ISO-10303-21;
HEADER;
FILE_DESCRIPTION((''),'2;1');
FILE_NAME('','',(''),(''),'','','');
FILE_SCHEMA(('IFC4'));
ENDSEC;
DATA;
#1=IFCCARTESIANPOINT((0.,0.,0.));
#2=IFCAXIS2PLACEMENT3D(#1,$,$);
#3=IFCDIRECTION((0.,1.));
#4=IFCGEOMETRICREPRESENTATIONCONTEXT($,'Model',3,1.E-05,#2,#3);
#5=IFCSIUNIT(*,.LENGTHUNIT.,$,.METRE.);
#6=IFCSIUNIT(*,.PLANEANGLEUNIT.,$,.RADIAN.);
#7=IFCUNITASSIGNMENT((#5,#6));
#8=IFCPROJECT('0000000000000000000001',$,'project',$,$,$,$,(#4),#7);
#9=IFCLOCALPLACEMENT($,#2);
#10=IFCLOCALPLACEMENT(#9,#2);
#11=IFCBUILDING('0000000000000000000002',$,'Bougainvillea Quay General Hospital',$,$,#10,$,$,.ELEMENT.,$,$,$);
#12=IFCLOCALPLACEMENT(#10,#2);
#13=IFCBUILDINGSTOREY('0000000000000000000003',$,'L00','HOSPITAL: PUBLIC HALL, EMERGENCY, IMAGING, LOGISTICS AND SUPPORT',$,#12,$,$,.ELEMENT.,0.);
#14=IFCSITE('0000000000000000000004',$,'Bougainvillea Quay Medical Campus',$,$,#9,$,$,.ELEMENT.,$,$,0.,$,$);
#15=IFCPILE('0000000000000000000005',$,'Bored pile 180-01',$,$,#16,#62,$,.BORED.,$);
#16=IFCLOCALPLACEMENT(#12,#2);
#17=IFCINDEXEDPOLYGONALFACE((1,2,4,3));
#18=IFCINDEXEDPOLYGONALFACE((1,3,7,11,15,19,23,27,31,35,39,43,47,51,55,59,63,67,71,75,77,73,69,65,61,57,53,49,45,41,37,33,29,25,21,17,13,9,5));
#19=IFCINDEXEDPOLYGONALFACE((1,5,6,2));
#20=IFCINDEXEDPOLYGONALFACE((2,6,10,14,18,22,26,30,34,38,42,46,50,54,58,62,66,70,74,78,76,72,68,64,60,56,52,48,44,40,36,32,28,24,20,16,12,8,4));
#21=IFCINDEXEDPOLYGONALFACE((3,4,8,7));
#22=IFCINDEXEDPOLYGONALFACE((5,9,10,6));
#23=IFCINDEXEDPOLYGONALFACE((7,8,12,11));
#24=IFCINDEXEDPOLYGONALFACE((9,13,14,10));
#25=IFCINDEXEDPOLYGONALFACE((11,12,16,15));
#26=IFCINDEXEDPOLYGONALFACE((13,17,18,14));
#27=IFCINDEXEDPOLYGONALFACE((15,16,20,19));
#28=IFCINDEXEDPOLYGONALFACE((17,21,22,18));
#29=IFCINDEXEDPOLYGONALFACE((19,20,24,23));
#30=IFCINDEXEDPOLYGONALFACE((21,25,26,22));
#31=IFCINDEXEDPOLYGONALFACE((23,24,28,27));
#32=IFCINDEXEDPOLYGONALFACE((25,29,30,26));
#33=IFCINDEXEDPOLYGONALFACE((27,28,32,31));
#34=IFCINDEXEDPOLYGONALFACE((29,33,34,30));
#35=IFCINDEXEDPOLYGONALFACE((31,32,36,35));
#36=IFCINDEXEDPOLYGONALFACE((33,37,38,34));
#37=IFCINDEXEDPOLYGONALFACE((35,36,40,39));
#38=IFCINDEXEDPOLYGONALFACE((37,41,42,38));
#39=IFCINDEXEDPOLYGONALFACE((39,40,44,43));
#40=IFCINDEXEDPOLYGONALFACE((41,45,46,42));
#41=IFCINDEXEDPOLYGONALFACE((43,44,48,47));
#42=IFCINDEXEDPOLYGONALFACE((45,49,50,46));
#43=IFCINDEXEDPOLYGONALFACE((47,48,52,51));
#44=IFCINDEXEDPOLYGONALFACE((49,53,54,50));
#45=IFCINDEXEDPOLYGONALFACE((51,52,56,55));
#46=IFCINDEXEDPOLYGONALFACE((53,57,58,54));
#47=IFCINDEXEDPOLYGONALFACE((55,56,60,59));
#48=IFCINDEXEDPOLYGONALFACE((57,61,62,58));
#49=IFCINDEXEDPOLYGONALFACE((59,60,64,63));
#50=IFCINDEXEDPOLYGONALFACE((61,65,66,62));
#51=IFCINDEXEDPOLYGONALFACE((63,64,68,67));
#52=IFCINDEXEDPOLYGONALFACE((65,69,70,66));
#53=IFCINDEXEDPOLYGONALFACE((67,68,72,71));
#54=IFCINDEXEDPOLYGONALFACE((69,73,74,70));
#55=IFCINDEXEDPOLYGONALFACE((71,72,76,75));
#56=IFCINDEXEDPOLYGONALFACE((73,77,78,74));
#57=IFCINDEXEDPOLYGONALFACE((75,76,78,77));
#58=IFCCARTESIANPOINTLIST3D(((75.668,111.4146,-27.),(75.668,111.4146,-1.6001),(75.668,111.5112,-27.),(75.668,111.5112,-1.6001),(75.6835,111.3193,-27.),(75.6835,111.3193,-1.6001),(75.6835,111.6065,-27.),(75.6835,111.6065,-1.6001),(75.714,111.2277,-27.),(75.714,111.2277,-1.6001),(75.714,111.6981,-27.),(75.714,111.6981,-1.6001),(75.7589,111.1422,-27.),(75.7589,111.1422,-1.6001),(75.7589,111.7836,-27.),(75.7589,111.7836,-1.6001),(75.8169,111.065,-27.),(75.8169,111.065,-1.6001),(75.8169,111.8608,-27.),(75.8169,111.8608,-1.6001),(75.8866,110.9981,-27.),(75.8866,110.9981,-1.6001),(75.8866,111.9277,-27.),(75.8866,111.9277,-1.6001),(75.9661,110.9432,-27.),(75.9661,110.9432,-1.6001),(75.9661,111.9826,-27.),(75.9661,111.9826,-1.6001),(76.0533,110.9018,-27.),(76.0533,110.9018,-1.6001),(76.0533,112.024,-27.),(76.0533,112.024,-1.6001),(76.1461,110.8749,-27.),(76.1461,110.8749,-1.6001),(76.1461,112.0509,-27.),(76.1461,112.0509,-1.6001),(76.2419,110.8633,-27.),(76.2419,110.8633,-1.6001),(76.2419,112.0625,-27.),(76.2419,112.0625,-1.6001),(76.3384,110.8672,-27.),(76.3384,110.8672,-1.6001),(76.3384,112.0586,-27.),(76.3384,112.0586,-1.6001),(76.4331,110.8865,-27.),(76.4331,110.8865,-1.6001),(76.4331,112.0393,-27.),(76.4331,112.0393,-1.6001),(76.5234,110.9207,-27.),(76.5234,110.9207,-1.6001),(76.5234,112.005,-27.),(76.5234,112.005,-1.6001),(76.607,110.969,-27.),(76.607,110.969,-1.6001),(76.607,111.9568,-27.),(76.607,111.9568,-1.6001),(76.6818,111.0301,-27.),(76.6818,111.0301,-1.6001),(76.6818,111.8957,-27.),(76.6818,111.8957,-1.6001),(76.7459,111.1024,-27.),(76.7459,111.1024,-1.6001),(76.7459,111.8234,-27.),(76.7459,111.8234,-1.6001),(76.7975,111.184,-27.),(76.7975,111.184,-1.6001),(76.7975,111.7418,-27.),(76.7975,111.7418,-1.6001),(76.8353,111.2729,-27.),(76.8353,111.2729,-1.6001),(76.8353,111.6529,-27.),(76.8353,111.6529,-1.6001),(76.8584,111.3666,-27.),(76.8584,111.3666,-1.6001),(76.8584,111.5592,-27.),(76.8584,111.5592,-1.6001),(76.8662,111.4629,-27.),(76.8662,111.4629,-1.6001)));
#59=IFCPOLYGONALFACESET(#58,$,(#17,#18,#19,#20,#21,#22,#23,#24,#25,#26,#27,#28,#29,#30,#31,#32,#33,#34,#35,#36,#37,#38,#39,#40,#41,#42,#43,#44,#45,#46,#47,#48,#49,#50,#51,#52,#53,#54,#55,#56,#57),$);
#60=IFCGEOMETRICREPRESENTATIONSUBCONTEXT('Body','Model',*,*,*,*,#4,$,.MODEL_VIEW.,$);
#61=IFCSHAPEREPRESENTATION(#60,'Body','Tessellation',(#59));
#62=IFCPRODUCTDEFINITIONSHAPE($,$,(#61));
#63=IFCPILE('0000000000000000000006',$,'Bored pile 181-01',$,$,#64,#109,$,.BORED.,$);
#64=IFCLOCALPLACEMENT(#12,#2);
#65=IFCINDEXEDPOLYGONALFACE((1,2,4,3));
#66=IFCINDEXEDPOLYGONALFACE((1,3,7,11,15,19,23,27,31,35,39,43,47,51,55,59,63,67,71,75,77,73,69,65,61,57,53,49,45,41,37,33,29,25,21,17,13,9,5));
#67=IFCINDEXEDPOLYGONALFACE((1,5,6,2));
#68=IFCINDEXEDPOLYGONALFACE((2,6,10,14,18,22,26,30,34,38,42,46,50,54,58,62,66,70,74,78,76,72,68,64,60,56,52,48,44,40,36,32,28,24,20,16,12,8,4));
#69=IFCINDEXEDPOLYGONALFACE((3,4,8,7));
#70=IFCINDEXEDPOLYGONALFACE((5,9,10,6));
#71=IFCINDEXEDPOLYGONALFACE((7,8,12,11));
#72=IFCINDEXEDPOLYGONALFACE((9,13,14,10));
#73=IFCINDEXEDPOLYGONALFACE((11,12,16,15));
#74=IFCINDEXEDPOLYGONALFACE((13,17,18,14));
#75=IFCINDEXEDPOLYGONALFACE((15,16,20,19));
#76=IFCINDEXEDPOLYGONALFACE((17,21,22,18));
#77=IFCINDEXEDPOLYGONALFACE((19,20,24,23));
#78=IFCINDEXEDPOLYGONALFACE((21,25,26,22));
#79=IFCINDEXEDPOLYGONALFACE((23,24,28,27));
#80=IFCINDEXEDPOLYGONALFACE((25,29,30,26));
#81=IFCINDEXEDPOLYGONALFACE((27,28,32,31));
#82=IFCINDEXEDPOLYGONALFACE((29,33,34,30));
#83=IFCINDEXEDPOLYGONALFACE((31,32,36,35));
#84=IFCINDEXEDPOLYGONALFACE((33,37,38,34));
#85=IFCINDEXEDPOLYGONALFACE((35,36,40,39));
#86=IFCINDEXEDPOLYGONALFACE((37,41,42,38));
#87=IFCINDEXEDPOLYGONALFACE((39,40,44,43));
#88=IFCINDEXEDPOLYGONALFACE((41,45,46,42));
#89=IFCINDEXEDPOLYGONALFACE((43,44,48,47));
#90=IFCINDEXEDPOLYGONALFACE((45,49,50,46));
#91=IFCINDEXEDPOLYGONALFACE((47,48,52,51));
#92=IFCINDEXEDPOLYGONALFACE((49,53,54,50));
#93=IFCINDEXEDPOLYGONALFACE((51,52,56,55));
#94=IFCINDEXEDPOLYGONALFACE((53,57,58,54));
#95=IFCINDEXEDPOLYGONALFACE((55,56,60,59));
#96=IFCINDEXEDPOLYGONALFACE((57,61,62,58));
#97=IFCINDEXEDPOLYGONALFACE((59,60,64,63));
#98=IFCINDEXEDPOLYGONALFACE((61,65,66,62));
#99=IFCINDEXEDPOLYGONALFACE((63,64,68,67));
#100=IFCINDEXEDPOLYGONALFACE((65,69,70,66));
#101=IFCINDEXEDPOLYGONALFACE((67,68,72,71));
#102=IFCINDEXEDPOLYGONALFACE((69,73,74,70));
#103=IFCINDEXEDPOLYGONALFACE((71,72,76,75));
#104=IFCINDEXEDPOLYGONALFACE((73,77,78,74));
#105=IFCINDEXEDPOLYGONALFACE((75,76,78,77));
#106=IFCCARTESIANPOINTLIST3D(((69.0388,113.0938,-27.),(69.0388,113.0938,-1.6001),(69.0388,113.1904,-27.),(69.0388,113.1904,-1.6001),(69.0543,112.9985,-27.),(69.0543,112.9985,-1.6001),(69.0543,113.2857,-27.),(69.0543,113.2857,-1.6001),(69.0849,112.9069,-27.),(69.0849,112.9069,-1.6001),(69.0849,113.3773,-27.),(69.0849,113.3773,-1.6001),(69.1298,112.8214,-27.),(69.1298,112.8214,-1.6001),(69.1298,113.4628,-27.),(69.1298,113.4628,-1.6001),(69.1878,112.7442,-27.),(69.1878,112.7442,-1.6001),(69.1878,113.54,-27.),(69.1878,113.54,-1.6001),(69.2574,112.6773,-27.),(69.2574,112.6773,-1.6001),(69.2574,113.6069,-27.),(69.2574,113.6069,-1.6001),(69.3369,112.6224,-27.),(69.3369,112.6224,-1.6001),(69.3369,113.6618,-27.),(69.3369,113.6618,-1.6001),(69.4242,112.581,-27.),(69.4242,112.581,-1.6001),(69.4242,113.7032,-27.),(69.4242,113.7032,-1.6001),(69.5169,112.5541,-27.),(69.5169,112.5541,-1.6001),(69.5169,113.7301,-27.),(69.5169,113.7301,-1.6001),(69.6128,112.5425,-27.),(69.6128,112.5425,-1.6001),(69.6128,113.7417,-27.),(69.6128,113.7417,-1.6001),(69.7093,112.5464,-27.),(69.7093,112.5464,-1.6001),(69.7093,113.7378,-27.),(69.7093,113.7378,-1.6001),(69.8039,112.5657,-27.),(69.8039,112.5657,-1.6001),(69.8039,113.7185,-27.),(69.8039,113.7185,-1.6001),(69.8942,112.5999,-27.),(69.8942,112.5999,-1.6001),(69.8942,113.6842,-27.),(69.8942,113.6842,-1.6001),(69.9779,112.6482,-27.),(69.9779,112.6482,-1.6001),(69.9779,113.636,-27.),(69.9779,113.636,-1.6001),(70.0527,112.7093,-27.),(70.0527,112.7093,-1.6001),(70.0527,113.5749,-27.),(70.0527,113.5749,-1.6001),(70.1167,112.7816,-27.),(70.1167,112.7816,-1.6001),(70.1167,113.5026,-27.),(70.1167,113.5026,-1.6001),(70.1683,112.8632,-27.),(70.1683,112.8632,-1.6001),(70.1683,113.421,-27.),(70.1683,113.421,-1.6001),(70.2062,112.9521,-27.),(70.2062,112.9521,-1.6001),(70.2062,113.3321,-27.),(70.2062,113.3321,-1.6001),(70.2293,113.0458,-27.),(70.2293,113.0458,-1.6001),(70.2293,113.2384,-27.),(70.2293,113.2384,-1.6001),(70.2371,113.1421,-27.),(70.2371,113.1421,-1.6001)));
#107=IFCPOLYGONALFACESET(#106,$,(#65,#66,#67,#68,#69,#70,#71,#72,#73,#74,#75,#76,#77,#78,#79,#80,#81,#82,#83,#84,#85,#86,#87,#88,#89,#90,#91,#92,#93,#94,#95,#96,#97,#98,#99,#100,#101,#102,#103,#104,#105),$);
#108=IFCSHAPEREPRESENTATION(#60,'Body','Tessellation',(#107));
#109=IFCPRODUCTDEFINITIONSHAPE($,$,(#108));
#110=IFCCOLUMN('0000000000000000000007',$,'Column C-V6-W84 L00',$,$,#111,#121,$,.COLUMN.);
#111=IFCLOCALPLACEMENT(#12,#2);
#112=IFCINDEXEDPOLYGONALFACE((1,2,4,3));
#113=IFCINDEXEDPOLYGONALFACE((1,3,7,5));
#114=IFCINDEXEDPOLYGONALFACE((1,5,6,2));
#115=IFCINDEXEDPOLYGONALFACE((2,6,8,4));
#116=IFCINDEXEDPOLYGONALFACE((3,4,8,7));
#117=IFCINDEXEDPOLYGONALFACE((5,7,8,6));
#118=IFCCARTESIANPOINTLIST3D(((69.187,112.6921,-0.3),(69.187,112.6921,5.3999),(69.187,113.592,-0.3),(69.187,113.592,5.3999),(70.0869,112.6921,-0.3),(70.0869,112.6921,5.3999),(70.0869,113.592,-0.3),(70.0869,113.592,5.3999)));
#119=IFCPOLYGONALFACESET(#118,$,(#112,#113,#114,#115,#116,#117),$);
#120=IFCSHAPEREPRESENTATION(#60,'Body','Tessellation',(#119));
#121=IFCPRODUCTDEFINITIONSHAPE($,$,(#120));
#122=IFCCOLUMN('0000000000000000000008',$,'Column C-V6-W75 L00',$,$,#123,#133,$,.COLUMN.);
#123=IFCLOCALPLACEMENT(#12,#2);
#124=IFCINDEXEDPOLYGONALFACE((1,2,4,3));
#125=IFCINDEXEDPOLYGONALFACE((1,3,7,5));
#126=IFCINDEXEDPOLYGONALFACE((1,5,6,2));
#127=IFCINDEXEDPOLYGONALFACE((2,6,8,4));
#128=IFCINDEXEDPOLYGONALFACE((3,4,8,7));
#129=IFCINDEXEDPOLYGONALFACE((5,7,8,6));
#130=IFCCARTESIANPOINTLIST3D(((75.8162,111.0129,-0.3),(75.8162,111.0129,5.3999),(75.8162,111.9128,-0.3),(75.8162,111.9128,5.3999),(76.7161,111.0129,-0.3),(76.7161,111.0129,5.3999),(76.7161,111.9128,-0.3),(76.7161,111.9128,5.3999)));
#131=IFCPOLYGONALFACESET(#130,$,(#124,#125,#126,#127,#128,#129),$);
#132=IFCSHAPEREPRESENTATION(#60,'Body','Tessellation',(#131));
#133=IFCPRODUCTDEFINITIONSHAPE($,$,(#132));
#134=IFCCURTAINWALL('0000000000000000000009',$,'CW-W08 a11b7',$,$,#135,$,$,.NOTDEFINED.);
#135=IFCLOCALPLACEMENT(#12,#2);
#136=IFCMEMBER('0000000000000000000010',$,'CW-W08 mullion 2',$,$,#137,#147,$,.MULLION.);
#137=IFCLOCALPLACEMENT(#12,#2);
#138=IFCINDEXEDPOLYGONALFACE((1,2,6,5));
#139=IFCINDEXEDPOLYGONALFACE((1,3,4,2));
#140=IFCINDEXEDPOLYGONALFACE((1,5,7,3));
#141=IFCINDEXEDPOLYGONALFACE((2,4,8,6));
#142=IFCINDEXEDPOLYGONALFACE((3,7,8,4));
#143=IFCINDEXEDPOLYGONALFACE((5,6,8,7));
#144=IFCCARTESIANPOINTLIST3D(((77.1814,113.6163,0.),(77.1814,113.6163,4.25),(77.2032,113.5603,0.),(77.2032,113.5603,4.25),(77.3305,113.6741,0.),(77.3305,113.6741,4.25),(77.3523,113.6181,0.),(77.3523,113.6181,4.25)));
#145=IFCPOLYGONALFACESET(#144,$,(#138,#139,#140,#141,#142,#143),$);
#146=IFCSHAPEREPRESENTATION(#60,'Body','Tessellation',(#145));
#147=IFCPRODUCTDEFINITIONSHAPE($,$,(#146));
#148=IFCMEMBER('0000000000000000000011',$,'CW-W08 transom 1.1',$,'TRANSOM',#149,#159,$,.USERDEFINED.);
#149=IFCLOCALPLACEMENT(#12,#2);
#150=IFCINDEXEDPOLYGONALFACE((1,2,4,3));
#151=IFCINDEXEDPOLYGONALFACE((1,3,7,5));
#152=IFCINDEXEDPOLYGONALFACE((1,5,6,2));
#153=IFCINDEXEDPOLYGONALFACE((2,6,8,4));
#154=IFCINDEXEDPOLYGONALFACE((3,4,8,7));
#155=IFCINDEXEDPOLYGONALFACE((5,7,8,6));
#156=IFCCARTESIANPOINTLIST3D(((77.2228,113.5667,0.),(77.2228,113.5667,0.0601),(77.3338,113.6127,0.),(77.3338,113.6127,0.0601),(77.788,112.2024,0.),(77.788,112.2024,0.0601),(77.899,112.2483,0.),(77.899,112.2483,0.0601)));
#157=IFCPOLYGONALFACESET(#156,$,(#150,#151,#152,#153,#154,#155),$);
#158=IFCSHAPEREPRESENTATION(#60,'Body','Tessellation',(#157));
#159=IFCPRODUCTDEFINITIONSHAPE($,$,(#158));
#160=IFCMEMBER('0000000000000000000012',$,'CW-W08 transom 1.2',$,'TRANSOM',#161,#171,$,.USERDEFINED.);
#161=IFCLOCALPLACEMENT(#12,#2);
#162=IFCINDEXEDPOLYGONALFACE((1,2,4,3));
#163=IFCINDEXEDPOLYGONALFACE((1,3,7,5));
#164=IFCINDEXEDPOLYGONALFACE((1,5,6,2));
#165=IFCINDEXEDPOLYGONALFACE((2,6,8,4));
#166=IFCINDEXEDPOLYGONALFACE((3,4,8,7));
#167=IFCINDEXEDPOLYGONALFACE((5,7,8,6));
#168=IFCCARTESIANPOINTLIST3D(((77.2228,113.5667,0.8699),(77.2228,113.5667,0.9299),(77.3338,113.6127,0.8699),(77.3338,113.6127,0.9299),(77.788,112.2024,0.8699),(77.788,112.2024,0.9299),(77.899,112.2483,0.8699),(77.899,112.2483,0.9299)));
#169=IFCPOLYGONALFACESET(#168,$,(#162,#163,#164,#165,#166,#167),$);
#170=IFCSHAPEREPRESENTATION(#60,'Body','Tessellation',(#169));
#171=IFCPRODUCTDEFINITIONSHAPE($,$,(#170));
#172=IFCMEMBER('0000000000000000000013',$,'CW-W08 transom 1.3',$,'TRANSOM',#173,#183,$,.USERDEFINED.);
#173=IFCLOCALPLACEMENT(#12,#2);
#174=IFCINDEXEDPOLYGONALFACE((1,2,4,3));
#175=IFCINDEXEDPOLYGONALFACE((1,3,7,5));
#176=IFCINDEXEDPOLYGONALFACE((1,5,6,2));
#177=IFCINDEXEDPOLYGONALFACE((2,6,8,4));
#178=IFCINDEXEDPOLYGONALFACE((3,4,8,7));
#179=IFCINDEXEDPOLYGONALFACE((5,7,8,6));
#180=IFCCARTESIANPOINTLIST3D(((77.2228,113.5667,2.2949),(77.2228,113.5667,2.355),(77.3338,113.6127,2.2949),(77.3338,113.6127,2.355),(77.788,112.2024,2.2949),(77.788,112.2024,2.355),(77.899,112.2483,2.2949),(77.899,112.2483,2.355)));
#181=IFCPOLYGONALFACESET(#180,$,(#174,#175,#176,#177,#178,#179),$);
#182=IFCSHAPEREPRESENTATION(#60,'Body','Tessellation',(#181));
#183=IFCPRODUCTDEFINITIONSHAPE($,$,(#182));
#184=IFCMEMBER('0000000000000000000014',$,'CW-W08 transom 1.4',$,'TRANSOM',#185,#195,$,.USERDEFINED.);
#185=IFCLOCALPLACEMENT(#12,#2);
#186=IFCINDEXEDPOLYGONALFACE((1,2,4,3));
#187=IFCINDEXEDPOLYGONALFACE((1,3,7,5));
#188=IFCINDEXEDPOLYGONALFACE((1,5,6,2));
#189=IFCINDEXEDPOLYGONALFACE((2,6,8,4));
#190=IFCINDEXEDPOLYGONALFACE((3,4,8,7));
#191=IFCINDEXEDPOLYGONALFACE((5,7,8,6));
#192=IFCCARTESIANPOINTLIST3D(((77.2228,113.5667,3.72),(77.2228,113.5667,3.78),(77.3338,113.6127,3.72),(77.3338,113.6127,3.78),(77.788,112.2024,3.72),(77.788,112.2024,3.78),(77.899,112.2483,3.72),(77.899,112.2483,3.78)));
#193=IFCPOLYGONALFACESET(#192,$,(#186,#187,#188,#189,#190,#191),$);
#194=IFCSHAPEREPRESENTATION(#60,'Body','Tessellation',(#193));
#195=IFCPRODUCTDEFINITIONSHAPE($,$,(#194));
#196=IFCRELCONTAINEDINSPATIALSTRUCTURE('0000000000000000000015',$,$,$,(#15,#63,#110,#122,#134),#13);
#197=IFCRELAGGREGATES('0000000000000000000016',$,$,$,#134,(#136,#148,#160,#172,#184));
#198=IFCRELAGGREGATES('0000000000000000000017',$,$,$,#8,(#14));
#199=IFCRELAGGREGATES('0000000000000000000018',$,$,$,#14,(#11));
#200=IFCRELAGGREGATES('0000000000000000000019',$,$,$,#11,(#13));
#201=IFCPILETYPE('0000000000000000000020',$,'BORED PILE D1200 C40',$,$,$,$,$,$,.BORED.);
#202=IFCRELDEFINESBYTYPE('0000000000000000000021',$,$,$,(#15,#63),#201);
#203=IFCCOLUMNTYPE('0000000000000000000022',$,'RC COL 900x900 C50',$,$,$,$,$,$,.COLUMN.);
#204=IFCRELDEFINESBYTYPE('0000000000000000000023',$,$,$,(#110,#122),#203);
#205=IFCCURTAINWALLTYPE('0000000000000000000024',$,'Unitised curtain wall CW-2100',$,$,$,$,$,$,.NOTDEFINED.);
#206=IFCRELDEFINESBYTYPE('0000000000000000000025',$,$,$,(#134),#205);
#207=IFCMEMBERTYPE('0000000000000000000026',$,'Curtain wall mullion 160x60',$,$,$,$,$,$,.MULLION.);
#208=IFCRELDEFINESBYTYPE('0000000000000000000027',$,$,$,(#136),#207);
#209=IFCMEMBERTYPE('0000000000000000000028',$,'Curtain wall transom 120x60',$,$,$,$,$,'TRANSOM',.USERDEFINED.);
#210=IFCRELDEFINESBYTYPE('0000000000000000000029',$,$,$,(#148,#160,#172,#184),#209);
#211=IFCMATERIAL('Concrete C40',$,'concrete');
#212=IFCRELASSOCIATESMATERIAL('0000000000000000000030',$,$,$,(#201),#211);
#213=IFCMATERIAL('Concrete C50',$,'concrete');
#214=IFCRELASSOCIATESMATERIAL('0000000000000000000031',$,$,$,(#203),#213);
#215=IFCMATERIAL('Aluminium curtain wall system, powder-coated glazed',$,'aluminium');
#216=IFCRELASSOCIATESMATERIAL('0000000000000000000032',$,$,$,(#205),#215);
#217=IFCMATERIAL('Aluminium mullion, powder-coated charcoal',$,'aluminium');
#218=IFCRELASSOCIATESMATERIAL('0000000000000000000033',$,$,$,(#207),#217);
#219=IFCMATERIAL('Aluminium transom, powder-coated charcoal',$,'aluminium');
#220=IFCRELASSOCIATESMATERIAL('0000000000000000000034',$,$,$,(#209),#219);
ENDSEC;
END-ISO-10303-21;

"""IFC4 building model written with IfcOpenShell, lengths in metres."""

from ifc_helpers import new_model, si_unit, direction, frame, origin, origin_2d, place, context, subcontext, project, spatial, rectangle, circle, extrude, material, material_profile, profile_set, type_object, element, aggregate, save


model = new_model("IFC4")

# Units and contexts
model_context = context("Model", 3, precision=1e-05, world=origin(), true_north=direction((0.0, 1.0)))
body_context = subcontext(model_context, "Body", "Model", "MODEL_VIEW")
ifc_project = project(units=[si_unit("LENGTHUNIT", "METRE"), si_unit("PLANEANGLEUNIT", "RADIAN")], contexts=[model_context])

# Site, building, storey
site_placement = place(None, origin())
site = spatial("IfcSite", under=ifc_project, at=site_placement, Name="Bougainvillea Quay Medical Campus", CompositionType="ELEMENT", RefElevation=0.0)
building_placement = place(site_placement, origin())
building = spatial("IfcBuilding", under=site, at=building_placement, Name="Bougainvillea Quay General Hospital", CompositionType="ELEMENT")
storey_placement = place(building_placement, origin())
storey = spatial("IfcBuildingStorey", under=building, at=storey_placement, Name="L00", Description="HOSPITAL: PUBLIC HALL, EMERGENCY, IMAGING, LOGISTICS AND SUPPORT", CompositionType="ELEMENT", Elevation=0.0)

# Piles
ifc_material_1 = material(Name="Concrete C40", Category="concrete")
ifc_material_profile_1 = material_profile(ifc_material_1, circle(Radius=0.6001, at=origin_2d()))
ifc_profile_set_1 = profile_set([ifc_material_profile_1], Name="Concrete C40")
pile_type = type_object("IfcPileType", Name="BORED PILE D1200 C40", PredefinedType="BORED", material=ifc_profile_set_1)
for number, where, z_axis, x_axis, name in (
    (1, (76.2661, 111.4629, -1.6001), (0.0, 0.0, -1.0), (1.0, 0.0, 0.0), "Bored pile 180-01"),
    (2, (69.637, 113.1421, -1.6001), (0.0, 0.0, -1.0), (1.0, 0.0, 0.0), "Bored pile 181-01"),
):
    element("IfcPile", number, at=place(storey_placement, frame(where, z_axis=z_axis, x_axis=x_axis)), inside=storey, type_object=pile_type, Name=name, PredefinedType="BORED", context=body_context, shape_type="SweptSolid", body=[
        extrude(circle(Radius=0.6001, at=origin_2d()), origin(), (0.0, 0.0, 1.0), 25.3999),
    ])

# Columns
ifc_material_2 = material(Name="Concrete C50", Category="concrete")
ifc_material_profile_2 = material_profile(ifc_material_2, rectangle(XDim=0.8999, YDim=0.8999, at=origin_2d()))
ifc_profile_set_2 = profile_set([ifc_material_profile_2], Name="Concrete C50")
column_type = type_object("IfcColumnType", Name="RC COL 900x900 C50", PredefinedType="COLUMN", material=ifc_profile_set_2)
for number, where, z_axis, x_axis, name in (
    (3, (69.637, 113.1421, -0.3), (0.0, 0.0, 1.0), (1.0, 0.0, 0.0), "Column C-V6-W84 L00"),
    (4, (76.2661, 111.4629, -0.3), (0.0, 0.0, 1.0), (1.0, 0.0, 0.0), "Column C-V6-W75 L00"),
):
    element("IfcColumn", number, at=place(storey_placement, frame(where, z_axis=z_axis, x_axis=x_axis)), inside=storey, type_object=column_type, Name=name, PredefinedType="COLUMN", context=body_context, shape_type="SweptSolid", body=[
        extrude(rectangle(XDim=0.8999, YDim=0.8999, at=origin_2d()), origin(), (0.0, 0.0, 1.0), 5.7),
    ])

# Curtain wall, members
ifc_material_3 = material(Name="Aluminium curtain wall system, powder-coated glazed", Category="aluminium")
curtain_wall_type = type_object("IfcCurtainWallType", Name="Unitised curtain wall CW-2100", PredefinedType="NOTDEFINED", material=ifc_material_3)
curtain_wall_placement = place(storey_placement, origin())
curtain_wall = element("IfcCurtainWall", 5, at=curtain_wall_placement, inside=storey, type_object=curtain_wall_type, Name="CW-W08 a11b7", PredefinedType="NOTDEFINED")
ifc_material_4 = material(Name="Aluminium mullion, powder-coated charcoal", Category="aluminium")
ifc_material_profile_3 = material_profile(ifc_material_4, rectangle(XDim=0.1599, YDim=0.0601, at=origin_2d()))
ifc_profile_set_3 = profile_set([ifc_material_profile_3], Name="Aluminium mullion, powder-coated charcoal")
member_type_1 = type_object("IfcMemberType", Name="Curtain wall mullion 160x60", PredefinedType="MULLION", material=ifc_profile_set_3)
member_1_placement = place(storey_placement, frame((77.2668, 113.6172, 0.0), z_axis=(0.0, 0.0, 1.0), x_axis=(-0.932357, -0.36154, 0.0)))
member_1 = element("IfcMember", 6, at=member_1_placement, type_object=member_type_1, Name="CW-W08 mullion 2", PredefinedType="MULLION", context=body_context, shape_type="SweptSolid", body=[
    extrude(rectangle(XDim=0.1599, YDim=0.0601, at=origin_2d()), origin(), (0.0, 0.0, 1.0), 4.25),
])
ifc_material_5 = material(Name="Aluminium transom, powder-coated charcoal", Category="aluminium")
ifc_material_profile_4 = material_profile(ifc_material_5, rectangle(XDim=0.1201, YDim=0.0601, at=origin_2d()))
ifc_profile_set_4 = profile_set([ifc_material_profile_4], Name="Aluminium transom, powder-coated charcoal")
member_type_2 = type_object("IfcMemberType", Name="Curtain wall transom 120x60", ElementType="TRANSOM", PredefinedType="USERDEFINED", material=ifc_profile_set_4)
member_2_placement = place(storey_placement, frame((77.8435, 112.2253, 0.03), z_axis=(-0.382736, 0.923858, 0.0), x_axis=(-0.923858, -0.382736, 0.0)))
member_2 = element("IfcMember", 7, at=member_2_placement, type_object=member_type_2, Name="CW-W08 transom 1.1", ObjectType="TRANSOM", PredefinedType="USERDEFINED", context=body_context, shape_type="SweptSolid", body=[
    extrude(rectangle(XDim=0.1201, YDim=0.0601, at=origin_2d()), origin(), (0.0, 0.0, 1.0), 1.4768),
])
member_3_placement = place(storey_placement, frame((77.8435, 112.2253, 0.8999), z_axis=(-0.382736, 0.923858, 0.0), x_axis=(-0.923858, -0.382736, 0.0)))
member_3 = element("IfcMember", 8, at=member_3_placement, type_object=member_type_2, Name="CW-W08 transom 1.2", ObjectType="TRANSOM", PredefinedType="USERDEFINED", context=body_context, shape_type="SweptSolid", body=[
    extrude(rectangle(XDim=0.1201, YDim=0.0601, at=origin_2d()), origin(), (0.0, 0.0, 1.0), 1.4768),
])
member_4_placement = place(storey_placement, frame((77.8435, 112.2253, 2.325), z_axis=(-0.382736, 0.923858, 0.0), x_axis=(-0.923858, -0.382736, 0.0)))
member_4 = element("IfcMember", 9, at=member_4_placement, type_object=member_type_2, Name="CW-W08 transom 1.3", ObjectType="TRANSOM", PredefinedType="USERDEFINED", context=body_context, shape_type="SweptSolid", body=[
    extrude(rectangle(XDim=0.1201, YDim=0.0601, at=origin_2d()), origin(), (0.0, 0.0, 1.0), 1.4768),
])
member_5_placement = place(storey_placement, frame((77.8435, 112.2253, 3.75), z_axis=(-0.382736, 0.923858, 0.0), x_axis=(-0.923858, -0.382736, 0.0)))
member_5 = element("IfcMember", 10, at=member_5_placement, type_object=member_type_2, Name="CW-W08 transom 1.4", ObjectType="TRANSOM", PredefinedType="USERDEFINED", context=body_context, shape_type="SweptSolid", body=[
    extrude(rectangle(XDim=0.1201, YDim=0.0601, at=origin_2d()), origin(), (0.0, 0.0, 1.0), 1.4768),
])
aggregate(curtain_wall, [member_1, member_2, member_3, member_4, member_5])

save(model, "model.ifc")
